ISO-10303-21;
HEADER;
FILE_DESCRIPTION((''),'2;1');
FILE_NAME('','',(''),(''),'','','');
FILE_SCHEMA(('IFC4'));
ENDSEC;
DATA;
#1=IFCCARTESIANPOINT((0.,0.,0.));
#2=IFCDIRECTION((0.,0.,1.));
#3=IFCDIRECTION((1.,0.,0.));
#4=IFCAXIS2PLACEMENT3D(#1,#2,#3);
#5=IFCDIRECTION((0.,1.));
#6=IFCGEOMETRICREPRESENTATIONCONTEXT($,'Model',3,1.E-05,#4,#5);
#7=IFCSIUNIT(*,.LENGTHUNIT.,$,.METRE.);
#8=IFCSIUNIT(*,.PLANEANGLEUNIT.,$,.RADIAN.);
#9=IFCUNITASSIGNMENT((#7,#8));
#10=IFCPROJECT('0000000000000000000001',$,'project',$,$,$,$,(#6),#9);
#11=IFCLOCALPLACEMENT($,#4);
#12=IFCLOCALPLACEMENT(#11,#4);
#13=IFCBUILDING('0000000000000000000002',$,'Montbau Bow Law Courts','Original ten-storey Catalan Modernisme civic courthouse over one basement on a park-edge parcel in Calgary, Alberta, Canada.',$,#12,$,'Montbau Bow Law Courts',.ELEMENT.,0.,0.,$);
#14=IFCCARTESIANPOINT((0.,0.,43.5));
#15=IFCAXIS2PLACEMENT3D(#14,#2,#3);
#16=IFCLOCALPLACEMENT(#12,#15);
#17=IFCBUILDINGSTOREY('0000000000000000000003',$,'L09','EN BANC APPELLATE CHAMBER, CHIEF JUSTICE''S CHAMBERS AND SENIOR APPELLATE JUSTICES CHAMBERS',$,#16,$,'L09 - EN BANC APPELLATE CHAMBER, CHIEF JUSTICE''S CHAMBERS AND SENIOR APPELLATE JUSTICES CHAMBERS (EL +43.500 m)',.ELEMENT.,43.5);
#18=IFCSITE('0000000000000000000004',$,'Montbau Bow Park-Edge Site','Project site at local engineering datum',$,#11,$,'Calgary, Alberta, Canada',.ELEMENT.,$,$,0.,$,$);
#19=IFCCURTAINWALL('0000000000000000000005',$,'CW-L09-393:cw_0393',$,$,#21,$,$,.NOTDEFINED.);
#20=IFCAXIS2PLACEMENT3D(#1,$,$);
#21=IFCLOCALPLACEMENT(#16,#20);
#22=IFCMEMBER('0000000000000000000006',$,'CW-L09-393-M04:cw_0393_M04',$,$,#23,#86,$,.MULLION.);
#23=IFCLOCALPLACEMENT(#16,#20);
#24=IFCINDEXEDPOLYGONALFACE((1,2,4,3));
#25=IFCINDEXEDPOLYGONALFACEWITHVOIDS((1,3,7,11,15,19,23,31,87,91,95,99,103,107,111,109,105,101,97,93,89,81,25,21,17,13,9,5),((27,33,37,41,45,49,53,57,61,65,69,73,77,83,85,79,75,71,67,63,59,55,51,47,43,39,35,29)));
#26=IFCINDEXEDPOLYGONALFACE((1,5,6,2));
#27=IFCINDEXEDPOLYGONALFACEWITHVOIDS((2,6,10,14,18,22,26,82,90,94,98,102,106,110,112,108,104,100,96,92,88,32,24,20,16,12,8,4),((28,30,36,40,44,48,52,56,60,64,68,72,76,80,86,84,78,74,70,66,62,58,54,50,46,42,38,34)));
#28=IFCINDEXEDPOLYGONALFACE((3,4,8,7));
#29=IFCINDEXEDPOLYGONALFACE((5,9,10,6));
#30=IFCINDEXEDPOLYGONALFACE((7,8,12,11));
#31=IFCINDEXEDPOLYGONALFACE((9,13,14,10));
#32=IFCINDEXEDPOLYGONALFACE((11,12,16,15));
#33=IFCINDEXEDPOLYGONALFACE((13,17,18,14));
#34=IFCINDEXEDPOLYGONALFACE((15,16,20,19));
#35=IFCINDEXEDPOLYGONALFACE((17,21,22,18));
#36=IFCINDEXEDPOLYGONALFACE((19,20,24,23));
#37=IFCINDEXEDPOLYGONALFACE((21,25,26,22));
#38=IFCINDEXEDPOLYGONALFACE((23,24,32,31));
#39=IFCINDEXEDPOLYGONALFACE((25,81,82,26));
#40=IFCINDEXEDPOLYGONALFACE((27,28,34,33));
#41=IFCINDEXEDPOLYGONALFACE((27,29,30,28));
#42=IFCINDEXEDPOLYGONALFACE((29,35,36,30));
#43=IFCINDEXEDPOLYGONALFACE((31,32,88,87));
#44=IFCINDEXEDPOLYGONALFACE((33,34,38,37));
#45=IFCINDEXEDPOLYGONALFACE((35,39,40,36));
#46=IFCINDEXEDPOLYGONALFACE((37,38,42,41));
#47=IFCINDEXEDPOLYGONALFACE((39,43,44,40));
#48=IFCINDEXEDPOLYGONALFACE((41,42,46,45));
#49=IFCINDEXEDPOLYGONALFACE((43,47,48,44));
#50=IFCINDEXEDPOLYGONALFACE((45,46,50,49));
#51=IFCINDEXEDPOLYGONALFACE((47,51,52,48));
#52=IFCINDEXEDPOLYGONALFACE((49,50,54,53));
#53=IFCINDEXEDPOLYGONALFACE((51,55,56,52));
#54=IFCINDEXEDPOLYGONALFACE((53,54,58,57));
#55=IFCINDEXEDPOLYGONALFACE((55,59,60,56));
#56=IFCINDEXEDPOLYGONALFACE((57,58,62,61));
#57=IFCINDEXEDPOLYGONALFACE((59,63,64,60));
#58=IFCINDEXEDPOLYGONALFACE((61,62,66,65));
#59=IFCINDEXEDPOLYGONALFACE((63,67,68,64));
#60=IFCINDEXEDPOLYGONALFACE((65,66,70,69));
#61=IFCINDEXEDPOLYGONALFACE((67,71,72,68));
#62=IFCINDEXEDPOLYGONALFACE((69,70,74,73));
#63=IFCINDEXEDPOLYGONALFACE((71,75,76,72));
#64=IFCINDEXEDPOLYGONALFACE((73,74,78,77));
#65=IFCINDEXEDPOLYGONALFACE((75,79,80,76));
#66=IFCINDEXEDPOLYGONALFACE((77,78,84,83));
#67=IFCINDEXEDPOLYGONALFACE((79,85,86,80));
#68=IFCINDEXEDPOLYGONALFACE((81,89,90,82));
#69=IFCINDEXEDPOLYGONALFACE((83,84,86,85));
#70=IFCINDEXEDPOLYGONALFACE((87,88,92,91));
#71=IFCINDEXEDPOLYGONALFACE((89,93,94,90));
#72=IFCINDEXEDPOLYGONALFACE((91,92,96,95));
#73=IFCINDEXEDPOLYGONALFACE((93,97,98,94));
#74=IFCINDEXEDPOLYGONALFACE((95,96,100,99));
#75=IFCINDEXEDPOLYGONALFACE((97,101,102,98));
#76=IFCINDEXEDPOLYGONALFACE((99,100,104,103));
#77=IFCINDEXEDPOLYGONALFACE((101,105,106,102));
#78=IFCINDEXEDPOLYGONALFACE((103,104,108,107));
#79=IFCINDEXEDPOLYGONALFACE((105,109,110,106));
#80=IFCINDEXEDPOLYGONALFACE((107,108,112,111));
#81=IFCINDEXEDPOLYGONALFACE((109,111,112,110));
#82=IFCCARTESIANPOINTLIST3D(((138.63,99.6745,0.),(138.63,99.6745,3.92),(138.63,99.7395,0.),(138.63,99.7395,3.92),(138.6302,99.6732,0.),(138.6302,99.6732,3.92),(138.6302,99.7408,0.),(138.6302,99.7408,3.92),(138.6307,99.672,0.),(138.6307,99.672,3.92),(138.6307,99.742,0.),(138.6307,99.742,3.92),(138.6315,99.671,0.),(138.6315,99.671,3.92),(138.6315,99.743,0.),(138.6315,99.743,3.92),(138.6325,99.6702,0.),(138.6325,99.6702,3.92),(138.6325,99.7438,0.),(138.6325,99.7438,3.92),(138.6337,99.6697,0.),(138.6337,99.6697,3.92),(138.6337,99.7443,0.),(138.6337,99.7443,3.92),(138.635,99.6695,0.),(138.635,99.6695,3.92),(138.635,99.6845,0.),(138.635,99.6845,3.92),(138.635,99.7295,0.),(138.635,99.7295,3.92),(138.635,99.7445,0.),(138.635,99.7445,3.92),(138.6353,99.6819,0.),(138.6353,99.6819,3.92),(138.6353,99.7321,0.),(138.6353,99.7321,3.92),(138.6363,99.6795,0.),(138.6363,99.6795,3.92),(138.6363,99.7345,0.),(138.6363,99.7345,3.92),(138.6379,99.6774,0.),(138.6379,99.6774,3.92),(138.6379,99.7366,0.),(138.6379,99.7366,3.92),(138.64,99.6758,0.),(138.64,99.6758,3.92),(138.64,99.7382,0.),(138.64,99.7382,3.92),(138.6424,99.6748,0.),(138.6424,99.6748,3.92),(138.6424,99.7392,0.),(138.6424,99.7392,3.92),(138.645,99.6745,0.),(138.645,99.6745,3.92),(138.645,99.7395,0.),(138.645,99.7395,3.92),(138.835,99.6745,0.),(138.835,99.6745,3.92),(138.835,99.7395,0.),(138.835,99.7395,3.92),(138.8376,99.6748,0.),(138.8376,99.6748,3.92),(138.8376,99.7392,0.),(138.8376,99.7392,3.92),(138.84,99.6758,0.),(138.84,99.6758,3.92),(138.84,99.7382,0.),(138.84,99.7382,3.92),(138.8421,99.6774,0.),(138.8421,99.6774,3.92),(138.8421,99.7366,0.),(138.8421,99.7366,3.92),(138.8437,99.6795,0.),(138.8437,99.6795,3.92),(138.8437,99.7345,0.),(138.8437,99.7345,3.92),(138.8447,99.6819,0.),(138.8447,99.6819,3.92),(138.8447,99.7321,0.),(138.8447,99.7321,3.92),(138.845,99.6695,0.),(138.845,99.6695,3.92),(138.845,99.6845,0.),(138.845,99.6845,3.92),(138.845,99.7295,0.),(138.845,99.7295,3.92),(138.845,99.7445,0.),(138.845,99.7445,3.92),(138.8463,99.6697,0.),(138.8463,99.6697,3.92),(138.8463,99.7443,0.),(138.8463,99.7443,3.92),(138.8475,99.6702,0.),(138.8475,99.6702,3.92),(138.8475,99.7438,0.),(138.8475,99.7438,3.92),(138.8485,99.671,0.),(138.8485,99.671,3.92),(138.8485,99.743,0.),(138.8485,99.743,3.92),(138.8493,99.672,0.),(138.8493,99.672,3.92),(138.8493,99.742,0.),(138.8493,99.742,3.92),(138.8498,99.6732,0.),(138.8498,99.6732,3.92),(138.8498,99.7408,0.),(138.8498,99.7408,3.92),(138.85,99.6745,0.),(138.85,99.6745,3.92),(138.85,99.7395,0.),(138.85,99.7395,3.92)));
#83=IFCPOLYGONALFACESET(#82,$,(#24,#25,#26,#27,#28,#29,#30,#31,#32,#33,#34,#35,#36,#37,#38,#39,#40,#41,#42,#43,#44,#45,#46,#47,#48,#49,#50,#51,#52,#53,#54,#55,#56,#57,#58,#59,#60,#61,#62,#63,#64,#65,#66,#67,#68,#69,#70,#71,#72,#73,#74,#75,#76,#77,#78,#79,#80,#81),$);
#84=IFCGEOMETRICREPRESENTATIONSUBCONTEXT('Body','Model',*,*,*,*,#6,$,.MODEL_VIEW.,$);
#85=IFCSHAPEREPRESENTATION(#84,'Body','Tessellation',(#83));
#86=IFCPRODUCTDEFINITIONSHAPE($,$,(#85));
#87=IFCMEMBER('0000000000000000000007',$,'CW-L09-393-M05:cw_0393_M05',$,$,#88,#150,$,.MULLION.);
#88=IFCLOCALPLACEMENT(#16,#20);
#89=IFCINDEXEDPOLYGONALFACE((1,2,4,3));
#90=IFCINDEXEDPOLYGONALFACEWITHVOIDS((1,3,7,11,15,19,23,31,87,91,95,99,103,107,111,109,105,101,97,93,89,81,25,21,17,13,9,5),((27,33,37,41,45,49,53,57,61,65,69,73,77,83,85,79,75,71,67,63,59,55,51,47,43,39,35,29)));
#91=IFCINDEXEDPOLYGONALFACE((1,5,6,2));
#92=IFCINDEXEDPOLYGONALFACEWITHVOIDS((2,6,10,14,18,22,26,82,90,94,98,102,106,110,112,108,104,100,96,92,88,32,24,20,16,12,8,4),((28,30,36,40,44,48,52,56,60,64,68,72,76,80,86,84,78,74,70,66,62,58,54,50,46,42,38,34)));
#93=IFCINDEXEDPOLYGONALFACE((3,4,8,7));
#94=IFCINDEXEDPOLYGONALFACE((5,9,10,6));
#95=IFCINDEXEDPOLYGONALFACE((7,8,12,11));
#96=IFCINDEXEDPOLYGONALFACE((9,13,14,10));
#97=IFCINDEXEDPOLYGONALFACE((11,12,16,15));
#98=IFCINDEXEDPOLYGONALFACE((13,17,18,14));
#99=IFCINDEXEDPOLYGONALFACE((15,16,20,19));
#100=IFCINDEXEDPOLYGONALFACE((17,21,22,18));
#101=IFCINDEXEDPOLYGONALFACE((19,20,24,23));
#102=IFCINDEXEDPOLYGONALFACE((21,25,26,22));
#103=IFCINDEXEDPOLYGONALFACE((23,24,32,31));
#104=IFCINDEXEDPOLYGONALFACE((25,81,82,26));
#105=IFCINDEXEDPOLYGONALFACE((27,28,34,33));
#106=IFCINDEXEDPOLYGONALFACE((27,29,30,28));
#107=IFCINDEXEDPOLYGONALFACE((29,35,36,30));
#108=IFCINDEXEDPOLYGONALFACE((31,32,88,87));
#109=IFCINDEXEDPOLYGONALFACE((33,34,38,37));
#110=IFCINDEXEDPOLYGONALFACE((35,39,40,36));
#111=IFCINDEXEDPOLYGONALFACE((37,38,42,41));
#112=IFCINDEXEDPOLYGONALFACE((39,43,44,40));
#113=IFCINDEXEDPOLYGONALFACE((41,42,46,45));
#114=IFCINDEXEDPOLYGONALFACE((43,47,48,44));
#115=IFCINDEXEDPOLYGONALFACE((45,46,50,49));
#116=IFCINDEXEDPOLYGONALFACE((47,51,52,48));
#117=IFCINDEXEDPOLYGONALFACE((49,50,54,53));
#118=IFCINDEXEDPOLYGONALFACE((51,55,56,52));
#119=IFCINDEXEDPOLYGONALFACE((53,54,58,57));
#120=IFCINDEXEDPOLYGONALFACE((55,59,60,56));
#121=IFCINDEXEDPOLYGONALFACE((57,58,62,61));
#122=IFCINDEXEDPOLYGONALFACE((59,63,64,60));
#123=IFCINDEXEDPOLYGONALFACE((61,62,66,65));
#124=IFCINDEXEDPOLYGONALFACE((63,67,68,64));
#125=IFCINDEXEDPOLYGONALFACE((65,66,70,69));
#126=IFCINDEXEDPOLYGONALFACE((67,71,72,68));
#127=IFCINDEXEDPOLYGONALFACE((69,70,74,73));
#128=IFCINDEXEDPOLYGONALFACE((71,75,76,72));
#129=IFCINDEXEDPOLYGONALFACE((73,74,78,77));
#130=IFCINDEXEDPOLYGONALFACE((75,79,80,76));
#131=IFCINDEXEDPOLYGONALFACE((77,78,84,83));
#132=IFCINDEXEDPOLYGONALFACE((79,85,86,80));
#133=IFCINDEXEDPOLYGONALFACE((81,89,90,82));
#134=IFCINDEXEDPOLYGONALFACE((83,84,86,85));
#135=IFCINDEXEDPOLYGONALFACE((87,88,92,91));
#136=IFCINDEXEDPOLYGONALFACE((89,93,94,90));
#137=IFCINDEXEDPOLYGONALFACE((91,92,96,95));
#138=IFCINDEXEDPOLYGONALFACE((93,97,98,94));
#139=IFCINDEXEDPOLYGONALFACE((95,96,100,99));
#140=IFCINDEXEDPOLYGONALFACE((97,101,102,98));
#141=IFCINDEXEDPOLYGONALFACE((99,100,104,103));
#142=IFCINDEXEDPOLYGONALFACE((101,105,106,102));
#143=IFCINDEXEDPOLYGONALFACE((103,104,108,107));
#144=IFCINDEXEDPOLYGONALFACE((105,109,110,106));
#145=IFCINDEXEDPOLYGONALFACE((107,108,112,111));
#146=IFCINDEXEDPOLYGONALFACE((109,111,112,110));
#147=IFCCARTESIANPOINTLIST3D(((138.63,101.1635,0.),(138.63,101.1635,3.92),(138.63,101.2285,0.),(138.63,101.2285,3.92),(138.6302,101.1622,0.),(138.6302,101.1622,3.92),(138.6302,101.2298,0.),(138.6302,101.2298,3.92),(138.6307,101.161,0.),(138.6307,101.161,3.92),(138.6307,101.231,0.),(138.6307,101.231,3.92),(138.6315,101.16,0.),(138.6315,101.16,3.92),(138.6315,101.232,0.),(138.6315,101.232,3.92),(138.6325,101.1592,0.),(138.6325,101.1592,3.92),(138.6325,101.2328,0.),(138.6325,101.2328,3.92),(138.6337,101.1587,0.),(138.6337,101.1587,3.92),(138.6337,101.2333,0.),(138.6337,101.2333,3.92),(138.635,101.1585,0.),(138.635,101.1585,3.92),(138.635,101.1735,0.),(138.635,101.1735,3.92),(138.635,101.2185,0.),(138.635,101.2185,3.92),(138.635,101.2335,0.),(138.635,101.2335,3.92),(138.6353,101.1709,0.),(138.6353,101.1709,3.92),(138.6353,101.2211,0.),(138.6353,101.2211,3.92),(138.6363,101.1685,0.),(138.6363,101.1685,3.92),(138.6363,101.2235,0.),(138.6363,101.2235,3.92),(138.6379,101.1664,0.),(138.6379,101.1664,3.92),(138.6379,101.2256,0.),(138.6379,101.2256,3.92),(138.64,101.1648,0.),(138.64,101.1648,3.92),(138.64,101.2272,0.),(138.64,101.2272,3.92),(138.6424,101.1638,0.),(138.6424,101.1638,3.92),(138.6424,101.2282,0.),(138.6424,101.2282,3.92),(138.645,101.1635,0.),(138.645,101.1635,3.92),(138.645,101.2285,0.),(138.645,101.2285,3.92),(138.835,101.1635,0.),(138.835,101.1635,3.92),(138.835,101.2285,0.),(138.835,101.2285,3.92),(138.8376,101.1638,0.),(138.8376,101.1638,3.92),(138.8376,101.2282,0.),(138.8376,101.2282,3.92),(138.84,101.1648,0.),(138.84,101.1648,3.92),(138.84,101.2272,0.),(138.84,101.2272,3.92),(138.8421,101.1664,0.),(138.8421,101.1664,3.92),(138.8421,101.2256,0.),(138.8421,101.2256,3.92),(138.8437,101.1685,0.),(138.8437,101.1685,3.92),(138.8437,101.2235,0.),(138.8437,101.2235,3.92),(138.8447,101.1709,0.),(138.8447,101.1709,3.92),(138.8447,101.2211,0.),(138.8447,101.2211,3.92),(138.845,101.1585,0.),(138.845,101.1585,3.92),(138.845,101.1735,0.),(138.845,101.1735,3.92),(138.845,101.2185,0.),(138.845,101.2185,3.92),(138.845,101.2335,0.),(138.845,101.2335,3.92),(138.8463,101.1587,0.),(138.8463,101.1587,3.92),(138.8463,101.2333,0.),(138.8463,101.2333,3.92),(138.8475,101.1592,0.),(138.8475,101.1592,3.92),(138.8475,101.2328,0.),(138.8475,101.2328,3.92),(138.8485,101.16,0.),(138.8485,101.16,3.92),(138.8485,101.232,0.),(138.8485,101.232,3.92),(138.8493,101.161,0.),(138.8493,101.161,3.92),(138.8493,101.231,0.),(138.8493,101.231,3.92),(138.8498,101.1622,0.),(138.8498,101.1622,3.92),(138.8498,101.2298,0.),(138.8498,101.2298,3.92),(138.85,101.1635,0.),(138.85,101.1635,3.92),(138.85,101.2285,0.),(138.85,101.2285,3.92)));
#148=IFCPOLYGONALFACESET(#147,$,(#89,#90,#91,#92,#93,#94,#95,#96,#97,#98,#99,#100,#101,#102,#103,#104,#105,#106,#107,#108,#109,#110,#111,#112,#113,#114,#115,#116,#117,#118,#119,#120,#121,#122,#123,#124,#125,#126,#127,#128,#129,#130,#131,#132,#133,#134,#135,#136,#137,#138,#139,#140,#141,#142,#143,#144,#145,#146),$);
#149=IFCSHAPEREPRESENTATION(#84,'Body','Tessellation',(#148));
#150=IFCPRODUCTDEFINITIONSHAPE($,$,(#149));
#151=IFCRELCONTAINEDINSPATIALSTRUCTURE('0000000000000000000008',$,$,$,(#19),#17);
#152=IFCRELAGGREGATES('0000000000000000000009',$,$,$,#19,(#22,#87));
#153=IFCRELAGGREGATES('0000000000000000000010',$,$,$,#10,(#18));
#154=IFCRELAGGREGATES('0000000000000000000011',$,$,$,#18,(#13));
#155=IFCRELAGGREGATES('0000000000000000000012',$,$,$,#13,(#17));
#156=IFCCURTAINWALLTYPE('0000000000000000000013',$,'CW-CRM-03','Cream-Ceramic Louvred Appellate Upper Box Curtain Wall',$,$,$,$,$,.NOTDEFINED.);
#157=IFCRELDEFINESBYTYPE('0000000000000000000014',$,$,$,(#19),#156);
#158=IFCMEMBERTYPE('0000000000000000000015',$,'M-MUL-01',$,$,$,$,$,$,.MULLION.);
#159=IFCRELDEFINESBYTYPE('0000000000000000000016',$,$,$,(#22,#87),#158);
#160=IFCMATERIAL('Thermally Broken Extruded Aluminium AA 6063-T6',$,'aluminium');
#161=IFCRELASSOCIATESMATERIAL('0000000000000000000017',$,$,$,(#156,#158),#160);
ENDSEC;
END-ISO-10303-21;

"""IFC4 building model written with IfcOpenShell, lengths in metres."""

from ifc_helpers import new_model, si_unit, direction, frame, origin_with_axes, origin_2d_with_axis, place, context, subcontext, project, spatial, hollow_rectangle, extrude, material, material_profile, profile_set, type_object, element, aggregate, save


model = new_model("IFC4")

# Units and contexts
model_context = context("Model", 3, precision=1e-05, world=origin_with_axes(), true_north=direction((0.0, 1.0)))
body_context = subcontext(model_context, "Body", "Model", "MODEL_VIEW")
ifc_project = project(units=[si_unit("LENGTHUNIT", "METRE"), si_unit("PLANEANGLEUNIT", "RADIAN")], contexts=[model_context])

# Site, building, storey
site_placement = place(None, origin_with_axes())
site = spatial("IfcSite", under=ifc_project, at=site_placement, Name="Montbau Bow Park-Edge Site", Description="Project site at local engineering datum", LongName="Calgary, Alberta, Canada", CompositionType="ELEMENT", RefElevation=0.0)
building_placement = place(site_placement, origin_with_axes())
building = spatial("IfcBuilding", under=site, at=building_placement, Name="Montbau Bow Law Courts", Description="Original ten-storey Catalan Modernisme civic courthouse over one basement on a park-edge parcel in Calgary, Alberta, Canada.", LongName="Montbau Bow Law Courts", CompositionType="ELEMENT", ElevationOfRefHeight=0.0, ElevationOfTerrain=0.0)
storey_placement = place(building_placement, frame((0.0, 0.0, 43.5), z_axis=(0.0, 0.0, 1.0), x_axis=(1.0, 0.0, 0.0)))
storey = spatial("IfcBuildingStorey", under=building, at=storey_placement, Name="L09", Description="EN BANC APPELLATE CHAMBER, CHIEF JUSTICE'S CHAMBERS AND SENIOR APPELLATE JUSTICES CHAMBERS", LongName="L09 - EN BANC APPELLATE CHAMBER, CHIEF JUSTICE'S CHAMBERS AND SENIOR APPELLATE JUSTICES CHAMBERS (EL +43.500 m)", CompositionType="ELEMENT", Elevation=43.5)

# Curtain wall, members
ifc_material_1 = material(Name="Thermally Broken Extruded Aluminium AA 6063-T6", Category="aluminium")
curtain_wall_type = type_object("IfcCurtainWallType", Name="CW-CRM-03", Description="Cream-Ceramic Louvred Appellate Upper Box Curtain Wall", PredefinedType="NOTDEFINED", material=ifc_material_1)
curtain_wall_placement = place(None, frame((138.74, 95.24, 43.5), z_axis=(0.0, 0.0, 1.0), x_axis=(1.0, 0.0, 0.0)))
curtain_wall = element("IfcCurtainWall", 1, at=curtain_wall_placement, inside=storey, type_object=curtain_wall_type, Name="CW-L09-393:cw_0393", PredefinedType="NOTDEFINED")
ifc_material_profile_1 = material_profile(ifc_material_1, hollow_rectangle(XDim=0.075, YDim=0.22, WallThickness=0.005, InnerFilletRadius=0.01, OuterFilletRadius=0.005, at=origin_2d_with_axis()), Name="CWM-220X75", Category="Main", Priority=0)
ifc_profile_set_1 = profile_set([ifc_material_profile_1], Name="Thermally Broken Extruded Aluminium AA 6063-T6")
member_type_1 = type_object("IfcMemberType", Name="M-MUL-01", PredefinedType="MULLION", material=ifc_profile_set_1)
member_1_placement = place(None, frame((138.74, 99.707, 43.5), z_axis=(0.0, 0.0, 1.0), x_axis=(0.0, 1.0, 0.0)))
member_1 = element("IfcMember", 2, at=member_1_placement, type_object=member_type_1, Name="CW-L09-393-M04:cw_0393_M04", PredefinedType="MULLION", context=body_context, shape_type="SweptSolid", body=[
    extrude(hollow_rectangle(XDim=0.075, YDim=0.22, WallThickness=0.005, InnerFilletRadius=0.01, OuterFilletRadius=0.005, at=origin_2d_with_axis()), origin_with_axes(), (0.0, 0.0, 1.0), 3.92),
])
member_2_placement = place(None, frame((138.74, 101.196, 43.5), z_axis=(0.0, 0.0, 1.0), x_axis=(0.0, 1.0, 0.0)))
member_2 = element("IfcMember", 3, at=member_2_placement, type_object=member_type_1, Name="CW-L09-393-M05:cw_0393_M05", PredefinedType="MULLION", context=body_context, shape_type="SweptSolid", body=[
    extrude(hollow_rectangle(XDim=0.075, YDim=0.22, WallThickness=0.005, InnerFilletRadius=0.01, OuterFilletRadius=0.005, at=origin_2d_with_axis()), origin_with_axes(), (0.0, 0.0, 1.0), 3.92),
])
aggregate(curtain_wall, [member_1, member_2])

save(model, "model.ifc")
